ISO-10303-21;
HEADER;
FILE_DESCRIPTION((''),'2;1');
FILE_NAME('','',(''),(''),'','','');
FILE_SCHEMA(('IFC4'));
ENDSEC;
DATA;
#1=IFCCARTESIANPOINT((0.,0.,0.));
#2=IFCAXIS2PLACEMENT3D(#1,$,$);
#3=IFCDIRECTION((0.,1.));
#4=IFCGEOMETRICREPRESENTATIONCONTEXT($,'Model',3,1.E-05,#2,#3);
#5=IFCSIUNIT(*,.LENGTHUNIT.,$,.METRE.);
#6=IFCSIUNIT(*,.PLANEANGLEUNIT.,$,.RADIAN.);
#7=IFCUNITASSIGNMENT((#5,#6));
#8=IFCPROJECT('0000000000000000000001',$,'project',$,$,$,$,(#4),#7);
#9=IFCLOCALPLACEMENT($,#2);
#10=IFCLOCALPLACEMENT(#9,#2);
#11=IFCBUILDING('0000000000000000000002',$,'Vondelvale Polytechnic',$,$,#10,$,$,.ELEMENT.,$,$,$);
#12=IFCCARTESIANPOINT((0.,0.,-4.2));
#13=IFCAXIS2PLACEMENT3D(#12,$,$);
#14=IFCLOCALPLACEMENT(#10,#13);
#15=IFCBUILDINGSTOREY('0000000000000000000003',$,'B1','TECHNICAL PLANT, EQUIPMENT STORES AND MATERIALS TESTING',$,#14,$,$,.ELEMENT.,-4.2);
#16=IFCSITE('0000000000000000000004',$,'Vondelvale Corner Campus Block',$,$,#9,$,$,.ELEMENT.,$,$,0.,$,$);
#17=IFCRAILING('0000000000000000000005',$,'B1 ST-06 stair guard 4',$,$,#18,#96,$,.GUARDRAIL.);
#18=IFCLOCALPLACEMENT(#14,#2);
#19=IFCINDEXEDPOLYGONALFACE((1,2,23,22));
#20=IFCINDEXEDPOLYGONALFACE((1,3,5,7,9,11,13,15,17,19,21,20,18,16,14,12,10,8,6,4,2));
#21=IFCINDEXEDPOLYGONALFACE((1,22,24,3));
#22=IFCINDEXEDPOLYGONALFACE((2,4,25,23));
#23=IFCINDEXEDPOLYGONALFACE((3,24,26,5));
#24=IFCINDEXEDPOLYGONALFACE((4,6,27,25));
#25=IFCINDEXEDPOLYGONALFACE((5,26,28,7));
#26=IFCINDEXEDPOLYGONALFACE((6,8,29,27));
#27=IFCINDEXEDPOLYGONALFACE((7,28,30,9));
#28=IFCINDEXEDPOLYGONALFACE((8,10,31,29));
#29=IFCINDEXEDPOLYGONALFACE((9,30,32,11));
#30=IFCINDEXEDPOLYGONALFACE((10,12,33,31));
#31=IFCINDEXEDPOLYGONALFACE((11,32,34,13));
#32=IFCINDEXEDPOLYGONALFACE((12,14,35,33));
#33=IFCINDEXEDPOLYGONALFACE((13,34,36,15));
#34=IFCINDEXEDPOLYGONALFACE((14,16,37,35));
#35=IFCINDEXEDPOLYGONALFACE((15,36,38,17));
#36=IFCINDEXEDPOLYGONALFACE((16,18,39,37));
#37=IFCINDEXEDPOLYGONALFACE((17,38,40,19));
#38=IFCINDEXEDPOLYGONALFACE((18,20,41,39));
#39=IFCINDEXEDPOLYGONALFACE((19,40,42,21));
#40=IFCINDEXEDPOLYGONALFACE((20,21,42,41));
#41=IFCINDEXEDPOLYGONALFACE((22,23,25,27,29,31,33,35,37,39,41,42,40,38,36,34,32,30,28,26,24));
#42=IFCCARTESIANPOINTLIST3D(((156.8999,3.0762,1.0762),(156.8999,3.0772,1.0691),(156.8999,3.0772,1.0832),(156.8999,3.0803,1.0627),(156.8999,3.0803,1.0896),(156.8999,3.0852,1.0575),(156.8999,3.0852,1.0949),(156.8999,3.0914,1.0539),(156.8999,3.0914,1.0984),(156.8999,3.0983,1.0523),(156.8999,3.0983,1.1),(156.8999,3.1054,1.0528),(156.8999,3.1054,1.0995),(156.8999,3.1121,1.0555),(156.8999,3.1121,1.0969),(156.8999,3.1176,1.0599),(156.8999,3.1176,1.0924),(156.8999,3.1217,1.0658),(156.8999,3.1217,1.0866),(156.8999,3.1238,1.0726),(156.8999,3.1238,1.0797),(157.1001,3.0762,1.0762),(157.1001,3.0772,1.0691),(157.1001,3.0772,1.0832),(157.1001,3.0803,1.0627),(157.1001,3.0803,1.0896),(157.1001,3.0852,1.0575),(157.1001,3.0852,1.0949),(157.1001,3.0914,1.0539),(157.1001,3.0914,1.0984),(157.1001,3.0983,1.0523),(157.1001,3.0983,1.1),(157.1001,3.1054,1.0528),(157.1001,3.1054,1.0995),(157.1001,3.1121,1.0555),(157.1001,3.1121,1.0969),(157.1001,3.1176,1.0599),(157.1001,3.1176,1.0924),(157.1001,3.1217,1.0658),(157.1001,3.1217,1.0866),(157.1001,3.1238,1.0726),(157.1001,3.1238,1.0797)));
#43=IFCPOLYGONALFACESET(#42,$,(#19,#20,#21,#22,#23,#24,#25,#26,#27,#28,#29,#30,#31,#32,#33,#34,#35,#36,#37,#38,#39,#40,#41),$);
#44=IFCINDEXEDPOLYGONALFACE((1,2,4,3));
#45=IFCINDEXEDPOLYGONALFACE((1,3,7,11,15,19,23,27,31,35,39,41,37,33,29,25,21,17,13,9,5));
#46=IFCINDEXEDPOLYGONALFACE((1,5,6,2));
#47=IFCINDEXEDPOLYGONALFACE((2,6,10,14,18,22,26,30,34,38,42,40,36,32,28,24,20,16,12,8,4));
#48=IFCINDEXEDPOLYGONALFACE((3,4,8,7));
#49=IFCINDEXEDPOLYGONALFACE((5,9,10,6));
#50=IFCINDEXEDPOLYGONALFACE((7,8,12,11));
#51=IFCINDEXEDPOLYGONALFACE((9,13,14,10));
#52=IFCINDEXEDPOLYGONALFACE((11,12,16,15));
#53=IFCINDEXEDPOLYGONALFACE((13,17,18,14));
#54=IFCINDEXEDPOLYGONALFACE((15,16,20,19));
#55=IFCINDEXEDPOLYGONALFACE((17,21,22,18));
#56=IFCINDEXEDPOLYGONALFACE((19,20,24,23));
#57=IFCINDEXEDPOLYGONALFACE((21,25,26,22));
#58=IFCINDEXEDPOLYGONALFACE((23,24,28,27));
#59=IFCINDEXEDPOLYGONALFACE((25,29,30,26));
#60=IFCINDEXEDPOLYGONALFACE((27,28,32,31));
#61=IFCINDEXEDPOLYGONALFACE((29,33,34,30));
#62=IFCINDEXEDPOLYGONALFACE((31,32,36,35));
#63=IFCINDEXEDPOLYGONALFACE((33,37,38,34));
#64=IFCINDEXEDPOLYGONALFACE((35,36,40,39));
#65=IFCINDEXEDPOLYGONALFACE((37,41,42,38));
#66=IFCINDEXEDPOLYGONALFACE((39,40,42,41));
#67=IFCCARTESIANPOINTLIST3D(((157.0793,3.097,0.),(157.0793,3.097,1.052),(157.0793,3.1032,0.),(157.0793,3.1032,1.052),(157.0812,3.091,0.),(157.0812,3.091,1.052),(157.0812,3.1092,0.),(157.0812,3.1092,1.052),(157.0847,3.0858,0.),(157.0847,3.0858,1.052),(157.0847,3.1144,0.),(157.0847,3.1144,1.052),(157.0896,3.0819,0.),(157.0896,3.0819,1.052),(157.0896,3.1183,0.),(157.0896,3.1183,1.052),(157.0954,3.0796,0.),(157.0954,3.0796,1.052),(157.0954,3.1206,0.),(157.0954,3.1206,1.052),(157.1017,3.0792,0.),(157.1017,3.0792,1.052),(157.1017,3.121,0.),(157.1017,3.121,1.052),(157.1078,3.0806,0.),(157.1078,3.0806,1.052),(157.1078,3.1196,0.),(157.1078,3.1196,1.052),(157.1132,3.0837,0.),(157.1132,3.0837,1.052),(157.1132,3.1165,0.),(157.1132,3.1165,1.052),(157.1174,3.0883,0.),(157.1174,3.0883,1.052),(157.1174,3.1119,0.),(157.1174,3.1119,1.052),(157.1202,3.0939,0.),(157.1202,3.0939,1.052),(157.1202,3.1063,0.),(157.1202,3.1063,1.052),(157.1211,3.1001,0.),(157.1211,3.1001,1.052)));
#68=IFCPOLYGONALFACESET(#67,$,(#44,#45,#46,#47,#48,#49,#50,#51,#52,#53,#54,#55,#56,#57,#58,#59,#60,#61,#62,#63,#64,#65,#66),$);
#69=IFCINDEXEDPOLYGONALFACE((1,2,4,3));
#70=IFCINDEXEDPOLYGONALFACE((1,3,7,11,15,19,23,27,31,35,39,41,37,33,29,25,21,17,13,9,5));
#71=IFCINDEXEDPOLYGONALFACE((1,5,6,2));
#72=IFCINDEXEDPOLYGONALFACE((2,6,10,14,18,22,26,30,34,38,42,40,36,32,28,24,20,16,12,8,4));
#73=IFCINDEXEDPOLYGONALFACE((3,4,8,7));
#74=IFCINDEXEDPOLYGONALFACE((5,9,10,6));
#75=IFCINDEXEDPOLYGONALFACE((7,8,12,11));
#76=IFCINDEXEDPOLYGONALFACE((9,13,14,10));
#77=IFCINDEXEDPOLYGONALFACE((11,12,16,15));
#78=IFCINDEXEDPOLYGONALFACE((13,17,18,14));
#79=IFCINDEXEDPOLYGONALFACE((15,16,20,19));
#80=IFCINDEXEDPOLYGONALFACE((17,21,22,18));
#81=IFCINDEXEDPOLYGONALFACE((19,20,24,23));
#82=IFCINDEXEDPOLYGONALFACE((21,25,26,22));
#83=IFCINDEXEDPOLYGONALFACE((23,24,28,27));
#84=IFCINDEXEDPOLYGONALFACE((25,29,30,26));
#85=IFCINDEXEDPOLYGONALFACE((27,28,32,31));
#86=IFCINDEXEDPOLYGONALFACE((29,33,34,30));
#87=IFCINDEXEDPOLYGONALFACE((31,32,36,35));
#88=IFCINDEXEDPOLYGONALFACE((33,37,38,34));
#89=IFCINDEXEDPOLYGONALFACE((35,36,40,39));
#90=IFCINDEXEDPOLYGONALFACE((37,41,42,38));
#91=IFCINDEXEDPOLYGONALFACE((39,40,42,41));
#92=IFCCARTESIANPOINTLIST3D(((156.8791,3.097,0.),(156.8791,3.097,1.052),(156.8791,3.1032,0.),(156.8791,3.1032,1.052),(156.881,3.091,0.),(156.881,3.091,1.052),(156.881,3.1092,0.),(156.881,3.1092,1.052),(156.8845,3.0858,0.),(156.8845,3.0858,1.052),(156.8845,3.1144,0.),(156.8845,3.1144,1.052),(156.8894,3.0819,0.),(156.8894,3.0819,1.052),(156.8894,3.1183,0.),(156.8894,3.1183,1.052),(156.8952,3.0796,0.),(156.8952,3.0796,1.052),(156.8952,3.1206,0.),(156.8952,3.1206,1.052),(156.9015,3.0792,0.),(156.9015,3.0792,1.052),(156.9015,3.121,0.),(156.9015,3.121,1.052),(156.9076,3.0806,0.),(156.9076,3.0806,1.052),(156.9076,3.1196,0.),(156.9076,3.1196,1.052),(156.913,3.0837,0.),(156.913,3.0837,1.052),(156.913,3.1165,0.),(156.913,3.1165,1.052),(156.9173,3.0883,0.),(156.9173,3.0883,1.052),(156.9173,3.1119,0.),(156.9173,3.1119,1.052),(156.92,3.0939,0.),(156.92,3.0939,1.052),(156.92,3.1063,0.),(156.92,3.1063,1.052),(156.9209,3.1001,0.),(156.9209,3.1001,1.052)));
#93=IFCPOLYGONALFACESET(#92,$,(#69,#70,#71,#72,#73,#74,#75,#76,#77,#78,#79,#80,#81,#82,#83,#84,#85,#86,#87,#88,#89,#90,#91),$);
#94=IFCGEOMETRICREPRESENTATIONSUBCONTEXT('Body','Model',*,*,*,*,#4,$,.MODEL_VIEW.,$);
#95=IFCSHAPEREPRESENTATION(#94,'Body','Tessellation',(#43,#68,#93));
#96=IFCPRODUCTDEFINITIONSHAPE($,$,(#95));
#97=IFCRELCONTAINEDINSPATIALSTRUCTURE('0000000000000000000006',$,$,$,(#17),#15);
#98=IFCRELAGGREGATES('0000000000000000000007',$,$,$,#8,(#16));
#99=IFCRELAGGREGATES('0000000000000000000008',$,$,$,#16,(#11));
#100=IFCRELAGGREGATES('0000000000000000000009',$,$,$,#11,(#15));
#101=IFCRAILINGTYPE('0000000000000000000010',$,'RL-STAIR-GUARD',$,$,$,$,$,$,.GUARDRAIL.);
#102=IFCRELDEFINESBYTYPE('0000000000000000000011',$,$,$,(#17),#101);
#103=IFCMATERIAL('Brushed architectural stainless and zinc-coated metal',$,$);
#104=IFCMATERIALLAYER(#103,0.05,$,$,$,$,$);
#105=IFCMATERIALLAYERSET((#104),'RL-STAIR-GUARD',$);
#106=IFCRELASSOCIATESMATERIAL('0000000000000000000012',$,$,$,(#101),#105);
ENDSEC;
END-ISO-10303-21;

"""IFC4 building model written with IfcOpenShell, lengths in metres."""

from ifc_helpers import new_model, si_unit, direction, frame, origin, origin_2d, place, context, subcontext, project, spatial, circle, extrude, material, layer, layer_set, type_object, element, save


model = new_model("IFC4")

# Units and contexts
model_context = context("Model", 3, precision=1e-05, world=origin(), true_north=direction((0.0, 1.0)))
body_context = subcontext(model_context, "Body", "Model", "MODEL_VIEW")
ifc_project = project(units=[si_unit("LENGTHUNIT", "METRE"), si_unit("PLANEANGLEUNIT", "RADIAN")], contexts=[model_context])

# Site, building, storey
site_placement = place(None, origin())
site = spatial("IfcSite", under=ifc_project, at=site_placement, Name="Vondelvale Corner Campus Block", CompositionType="ELEMENT", RefElevation=0.0)
building_placement = place(site_placement, origin())
building = spatial("IfcBuilding", under=site, at=building_placement, Name="Vondelvale Polytechnic", CompositionType="ELEMENT")
storey_placement = place(building_placement, frame((0.0, 0.0, -4.2)))
storey = spatial("IfcBuildingStorey", under=building, at=storey_placement, Name="B1", Description="TECHNICAL PLANT, EQUIPMENT STORES AND MATERIALS TESTING", CompositionType="ELEMENT", Elevation=-4.2)

# Shared definitions
ifc_material_1 = material(Name="Brushed architectural stainless and zinc-coated metal")

# Railing
ifc_layer_1 = layer(ifc_material_1, 0.05)
ifc_layer_set_1 = layer_set([ifc_layer_1], Name="RL-STAIR-GUARD")
railing_type_1 = type_object("IfcRailingType", Name="RL-STAIR-GUARD", PredefinedType="GUARDRAIL", material=ifc_layer_set_1)
railing_1_placement = place(storey_placement, frame((157.1001, 3.1001, 0.0)))
element("IfcRailing", 1, at=railing_1_placement, inside=storey, type_object=railing_type_1, Name="B1 ST-06 stair guard 4", PredefinedType="GUARDRAIL", context=body_context, shape_type="SweptSolid", body=[
    extrude(circle(Radius=0.0239, at=origin_2d()), frame((0.0, 0.0, 1.0762), z_axis=(-1.0, 0.0, 0.0), x_axis=(0.0, -1.0, 0.0)), (0.0, 0.0, 1.0), 0.2002),
    extrude(circle(Radius=0.021, at=origin_2d()), origin(), (0.0, 0.0, 1.0), 1.052),
    extrude(circle(Radius=0.021, at=origin_2d()), frame((-0.2002, 0.0, 0.0)), (0.0, 0.0, 1.0), 1.052),
])

save(model, "model.ifc")
